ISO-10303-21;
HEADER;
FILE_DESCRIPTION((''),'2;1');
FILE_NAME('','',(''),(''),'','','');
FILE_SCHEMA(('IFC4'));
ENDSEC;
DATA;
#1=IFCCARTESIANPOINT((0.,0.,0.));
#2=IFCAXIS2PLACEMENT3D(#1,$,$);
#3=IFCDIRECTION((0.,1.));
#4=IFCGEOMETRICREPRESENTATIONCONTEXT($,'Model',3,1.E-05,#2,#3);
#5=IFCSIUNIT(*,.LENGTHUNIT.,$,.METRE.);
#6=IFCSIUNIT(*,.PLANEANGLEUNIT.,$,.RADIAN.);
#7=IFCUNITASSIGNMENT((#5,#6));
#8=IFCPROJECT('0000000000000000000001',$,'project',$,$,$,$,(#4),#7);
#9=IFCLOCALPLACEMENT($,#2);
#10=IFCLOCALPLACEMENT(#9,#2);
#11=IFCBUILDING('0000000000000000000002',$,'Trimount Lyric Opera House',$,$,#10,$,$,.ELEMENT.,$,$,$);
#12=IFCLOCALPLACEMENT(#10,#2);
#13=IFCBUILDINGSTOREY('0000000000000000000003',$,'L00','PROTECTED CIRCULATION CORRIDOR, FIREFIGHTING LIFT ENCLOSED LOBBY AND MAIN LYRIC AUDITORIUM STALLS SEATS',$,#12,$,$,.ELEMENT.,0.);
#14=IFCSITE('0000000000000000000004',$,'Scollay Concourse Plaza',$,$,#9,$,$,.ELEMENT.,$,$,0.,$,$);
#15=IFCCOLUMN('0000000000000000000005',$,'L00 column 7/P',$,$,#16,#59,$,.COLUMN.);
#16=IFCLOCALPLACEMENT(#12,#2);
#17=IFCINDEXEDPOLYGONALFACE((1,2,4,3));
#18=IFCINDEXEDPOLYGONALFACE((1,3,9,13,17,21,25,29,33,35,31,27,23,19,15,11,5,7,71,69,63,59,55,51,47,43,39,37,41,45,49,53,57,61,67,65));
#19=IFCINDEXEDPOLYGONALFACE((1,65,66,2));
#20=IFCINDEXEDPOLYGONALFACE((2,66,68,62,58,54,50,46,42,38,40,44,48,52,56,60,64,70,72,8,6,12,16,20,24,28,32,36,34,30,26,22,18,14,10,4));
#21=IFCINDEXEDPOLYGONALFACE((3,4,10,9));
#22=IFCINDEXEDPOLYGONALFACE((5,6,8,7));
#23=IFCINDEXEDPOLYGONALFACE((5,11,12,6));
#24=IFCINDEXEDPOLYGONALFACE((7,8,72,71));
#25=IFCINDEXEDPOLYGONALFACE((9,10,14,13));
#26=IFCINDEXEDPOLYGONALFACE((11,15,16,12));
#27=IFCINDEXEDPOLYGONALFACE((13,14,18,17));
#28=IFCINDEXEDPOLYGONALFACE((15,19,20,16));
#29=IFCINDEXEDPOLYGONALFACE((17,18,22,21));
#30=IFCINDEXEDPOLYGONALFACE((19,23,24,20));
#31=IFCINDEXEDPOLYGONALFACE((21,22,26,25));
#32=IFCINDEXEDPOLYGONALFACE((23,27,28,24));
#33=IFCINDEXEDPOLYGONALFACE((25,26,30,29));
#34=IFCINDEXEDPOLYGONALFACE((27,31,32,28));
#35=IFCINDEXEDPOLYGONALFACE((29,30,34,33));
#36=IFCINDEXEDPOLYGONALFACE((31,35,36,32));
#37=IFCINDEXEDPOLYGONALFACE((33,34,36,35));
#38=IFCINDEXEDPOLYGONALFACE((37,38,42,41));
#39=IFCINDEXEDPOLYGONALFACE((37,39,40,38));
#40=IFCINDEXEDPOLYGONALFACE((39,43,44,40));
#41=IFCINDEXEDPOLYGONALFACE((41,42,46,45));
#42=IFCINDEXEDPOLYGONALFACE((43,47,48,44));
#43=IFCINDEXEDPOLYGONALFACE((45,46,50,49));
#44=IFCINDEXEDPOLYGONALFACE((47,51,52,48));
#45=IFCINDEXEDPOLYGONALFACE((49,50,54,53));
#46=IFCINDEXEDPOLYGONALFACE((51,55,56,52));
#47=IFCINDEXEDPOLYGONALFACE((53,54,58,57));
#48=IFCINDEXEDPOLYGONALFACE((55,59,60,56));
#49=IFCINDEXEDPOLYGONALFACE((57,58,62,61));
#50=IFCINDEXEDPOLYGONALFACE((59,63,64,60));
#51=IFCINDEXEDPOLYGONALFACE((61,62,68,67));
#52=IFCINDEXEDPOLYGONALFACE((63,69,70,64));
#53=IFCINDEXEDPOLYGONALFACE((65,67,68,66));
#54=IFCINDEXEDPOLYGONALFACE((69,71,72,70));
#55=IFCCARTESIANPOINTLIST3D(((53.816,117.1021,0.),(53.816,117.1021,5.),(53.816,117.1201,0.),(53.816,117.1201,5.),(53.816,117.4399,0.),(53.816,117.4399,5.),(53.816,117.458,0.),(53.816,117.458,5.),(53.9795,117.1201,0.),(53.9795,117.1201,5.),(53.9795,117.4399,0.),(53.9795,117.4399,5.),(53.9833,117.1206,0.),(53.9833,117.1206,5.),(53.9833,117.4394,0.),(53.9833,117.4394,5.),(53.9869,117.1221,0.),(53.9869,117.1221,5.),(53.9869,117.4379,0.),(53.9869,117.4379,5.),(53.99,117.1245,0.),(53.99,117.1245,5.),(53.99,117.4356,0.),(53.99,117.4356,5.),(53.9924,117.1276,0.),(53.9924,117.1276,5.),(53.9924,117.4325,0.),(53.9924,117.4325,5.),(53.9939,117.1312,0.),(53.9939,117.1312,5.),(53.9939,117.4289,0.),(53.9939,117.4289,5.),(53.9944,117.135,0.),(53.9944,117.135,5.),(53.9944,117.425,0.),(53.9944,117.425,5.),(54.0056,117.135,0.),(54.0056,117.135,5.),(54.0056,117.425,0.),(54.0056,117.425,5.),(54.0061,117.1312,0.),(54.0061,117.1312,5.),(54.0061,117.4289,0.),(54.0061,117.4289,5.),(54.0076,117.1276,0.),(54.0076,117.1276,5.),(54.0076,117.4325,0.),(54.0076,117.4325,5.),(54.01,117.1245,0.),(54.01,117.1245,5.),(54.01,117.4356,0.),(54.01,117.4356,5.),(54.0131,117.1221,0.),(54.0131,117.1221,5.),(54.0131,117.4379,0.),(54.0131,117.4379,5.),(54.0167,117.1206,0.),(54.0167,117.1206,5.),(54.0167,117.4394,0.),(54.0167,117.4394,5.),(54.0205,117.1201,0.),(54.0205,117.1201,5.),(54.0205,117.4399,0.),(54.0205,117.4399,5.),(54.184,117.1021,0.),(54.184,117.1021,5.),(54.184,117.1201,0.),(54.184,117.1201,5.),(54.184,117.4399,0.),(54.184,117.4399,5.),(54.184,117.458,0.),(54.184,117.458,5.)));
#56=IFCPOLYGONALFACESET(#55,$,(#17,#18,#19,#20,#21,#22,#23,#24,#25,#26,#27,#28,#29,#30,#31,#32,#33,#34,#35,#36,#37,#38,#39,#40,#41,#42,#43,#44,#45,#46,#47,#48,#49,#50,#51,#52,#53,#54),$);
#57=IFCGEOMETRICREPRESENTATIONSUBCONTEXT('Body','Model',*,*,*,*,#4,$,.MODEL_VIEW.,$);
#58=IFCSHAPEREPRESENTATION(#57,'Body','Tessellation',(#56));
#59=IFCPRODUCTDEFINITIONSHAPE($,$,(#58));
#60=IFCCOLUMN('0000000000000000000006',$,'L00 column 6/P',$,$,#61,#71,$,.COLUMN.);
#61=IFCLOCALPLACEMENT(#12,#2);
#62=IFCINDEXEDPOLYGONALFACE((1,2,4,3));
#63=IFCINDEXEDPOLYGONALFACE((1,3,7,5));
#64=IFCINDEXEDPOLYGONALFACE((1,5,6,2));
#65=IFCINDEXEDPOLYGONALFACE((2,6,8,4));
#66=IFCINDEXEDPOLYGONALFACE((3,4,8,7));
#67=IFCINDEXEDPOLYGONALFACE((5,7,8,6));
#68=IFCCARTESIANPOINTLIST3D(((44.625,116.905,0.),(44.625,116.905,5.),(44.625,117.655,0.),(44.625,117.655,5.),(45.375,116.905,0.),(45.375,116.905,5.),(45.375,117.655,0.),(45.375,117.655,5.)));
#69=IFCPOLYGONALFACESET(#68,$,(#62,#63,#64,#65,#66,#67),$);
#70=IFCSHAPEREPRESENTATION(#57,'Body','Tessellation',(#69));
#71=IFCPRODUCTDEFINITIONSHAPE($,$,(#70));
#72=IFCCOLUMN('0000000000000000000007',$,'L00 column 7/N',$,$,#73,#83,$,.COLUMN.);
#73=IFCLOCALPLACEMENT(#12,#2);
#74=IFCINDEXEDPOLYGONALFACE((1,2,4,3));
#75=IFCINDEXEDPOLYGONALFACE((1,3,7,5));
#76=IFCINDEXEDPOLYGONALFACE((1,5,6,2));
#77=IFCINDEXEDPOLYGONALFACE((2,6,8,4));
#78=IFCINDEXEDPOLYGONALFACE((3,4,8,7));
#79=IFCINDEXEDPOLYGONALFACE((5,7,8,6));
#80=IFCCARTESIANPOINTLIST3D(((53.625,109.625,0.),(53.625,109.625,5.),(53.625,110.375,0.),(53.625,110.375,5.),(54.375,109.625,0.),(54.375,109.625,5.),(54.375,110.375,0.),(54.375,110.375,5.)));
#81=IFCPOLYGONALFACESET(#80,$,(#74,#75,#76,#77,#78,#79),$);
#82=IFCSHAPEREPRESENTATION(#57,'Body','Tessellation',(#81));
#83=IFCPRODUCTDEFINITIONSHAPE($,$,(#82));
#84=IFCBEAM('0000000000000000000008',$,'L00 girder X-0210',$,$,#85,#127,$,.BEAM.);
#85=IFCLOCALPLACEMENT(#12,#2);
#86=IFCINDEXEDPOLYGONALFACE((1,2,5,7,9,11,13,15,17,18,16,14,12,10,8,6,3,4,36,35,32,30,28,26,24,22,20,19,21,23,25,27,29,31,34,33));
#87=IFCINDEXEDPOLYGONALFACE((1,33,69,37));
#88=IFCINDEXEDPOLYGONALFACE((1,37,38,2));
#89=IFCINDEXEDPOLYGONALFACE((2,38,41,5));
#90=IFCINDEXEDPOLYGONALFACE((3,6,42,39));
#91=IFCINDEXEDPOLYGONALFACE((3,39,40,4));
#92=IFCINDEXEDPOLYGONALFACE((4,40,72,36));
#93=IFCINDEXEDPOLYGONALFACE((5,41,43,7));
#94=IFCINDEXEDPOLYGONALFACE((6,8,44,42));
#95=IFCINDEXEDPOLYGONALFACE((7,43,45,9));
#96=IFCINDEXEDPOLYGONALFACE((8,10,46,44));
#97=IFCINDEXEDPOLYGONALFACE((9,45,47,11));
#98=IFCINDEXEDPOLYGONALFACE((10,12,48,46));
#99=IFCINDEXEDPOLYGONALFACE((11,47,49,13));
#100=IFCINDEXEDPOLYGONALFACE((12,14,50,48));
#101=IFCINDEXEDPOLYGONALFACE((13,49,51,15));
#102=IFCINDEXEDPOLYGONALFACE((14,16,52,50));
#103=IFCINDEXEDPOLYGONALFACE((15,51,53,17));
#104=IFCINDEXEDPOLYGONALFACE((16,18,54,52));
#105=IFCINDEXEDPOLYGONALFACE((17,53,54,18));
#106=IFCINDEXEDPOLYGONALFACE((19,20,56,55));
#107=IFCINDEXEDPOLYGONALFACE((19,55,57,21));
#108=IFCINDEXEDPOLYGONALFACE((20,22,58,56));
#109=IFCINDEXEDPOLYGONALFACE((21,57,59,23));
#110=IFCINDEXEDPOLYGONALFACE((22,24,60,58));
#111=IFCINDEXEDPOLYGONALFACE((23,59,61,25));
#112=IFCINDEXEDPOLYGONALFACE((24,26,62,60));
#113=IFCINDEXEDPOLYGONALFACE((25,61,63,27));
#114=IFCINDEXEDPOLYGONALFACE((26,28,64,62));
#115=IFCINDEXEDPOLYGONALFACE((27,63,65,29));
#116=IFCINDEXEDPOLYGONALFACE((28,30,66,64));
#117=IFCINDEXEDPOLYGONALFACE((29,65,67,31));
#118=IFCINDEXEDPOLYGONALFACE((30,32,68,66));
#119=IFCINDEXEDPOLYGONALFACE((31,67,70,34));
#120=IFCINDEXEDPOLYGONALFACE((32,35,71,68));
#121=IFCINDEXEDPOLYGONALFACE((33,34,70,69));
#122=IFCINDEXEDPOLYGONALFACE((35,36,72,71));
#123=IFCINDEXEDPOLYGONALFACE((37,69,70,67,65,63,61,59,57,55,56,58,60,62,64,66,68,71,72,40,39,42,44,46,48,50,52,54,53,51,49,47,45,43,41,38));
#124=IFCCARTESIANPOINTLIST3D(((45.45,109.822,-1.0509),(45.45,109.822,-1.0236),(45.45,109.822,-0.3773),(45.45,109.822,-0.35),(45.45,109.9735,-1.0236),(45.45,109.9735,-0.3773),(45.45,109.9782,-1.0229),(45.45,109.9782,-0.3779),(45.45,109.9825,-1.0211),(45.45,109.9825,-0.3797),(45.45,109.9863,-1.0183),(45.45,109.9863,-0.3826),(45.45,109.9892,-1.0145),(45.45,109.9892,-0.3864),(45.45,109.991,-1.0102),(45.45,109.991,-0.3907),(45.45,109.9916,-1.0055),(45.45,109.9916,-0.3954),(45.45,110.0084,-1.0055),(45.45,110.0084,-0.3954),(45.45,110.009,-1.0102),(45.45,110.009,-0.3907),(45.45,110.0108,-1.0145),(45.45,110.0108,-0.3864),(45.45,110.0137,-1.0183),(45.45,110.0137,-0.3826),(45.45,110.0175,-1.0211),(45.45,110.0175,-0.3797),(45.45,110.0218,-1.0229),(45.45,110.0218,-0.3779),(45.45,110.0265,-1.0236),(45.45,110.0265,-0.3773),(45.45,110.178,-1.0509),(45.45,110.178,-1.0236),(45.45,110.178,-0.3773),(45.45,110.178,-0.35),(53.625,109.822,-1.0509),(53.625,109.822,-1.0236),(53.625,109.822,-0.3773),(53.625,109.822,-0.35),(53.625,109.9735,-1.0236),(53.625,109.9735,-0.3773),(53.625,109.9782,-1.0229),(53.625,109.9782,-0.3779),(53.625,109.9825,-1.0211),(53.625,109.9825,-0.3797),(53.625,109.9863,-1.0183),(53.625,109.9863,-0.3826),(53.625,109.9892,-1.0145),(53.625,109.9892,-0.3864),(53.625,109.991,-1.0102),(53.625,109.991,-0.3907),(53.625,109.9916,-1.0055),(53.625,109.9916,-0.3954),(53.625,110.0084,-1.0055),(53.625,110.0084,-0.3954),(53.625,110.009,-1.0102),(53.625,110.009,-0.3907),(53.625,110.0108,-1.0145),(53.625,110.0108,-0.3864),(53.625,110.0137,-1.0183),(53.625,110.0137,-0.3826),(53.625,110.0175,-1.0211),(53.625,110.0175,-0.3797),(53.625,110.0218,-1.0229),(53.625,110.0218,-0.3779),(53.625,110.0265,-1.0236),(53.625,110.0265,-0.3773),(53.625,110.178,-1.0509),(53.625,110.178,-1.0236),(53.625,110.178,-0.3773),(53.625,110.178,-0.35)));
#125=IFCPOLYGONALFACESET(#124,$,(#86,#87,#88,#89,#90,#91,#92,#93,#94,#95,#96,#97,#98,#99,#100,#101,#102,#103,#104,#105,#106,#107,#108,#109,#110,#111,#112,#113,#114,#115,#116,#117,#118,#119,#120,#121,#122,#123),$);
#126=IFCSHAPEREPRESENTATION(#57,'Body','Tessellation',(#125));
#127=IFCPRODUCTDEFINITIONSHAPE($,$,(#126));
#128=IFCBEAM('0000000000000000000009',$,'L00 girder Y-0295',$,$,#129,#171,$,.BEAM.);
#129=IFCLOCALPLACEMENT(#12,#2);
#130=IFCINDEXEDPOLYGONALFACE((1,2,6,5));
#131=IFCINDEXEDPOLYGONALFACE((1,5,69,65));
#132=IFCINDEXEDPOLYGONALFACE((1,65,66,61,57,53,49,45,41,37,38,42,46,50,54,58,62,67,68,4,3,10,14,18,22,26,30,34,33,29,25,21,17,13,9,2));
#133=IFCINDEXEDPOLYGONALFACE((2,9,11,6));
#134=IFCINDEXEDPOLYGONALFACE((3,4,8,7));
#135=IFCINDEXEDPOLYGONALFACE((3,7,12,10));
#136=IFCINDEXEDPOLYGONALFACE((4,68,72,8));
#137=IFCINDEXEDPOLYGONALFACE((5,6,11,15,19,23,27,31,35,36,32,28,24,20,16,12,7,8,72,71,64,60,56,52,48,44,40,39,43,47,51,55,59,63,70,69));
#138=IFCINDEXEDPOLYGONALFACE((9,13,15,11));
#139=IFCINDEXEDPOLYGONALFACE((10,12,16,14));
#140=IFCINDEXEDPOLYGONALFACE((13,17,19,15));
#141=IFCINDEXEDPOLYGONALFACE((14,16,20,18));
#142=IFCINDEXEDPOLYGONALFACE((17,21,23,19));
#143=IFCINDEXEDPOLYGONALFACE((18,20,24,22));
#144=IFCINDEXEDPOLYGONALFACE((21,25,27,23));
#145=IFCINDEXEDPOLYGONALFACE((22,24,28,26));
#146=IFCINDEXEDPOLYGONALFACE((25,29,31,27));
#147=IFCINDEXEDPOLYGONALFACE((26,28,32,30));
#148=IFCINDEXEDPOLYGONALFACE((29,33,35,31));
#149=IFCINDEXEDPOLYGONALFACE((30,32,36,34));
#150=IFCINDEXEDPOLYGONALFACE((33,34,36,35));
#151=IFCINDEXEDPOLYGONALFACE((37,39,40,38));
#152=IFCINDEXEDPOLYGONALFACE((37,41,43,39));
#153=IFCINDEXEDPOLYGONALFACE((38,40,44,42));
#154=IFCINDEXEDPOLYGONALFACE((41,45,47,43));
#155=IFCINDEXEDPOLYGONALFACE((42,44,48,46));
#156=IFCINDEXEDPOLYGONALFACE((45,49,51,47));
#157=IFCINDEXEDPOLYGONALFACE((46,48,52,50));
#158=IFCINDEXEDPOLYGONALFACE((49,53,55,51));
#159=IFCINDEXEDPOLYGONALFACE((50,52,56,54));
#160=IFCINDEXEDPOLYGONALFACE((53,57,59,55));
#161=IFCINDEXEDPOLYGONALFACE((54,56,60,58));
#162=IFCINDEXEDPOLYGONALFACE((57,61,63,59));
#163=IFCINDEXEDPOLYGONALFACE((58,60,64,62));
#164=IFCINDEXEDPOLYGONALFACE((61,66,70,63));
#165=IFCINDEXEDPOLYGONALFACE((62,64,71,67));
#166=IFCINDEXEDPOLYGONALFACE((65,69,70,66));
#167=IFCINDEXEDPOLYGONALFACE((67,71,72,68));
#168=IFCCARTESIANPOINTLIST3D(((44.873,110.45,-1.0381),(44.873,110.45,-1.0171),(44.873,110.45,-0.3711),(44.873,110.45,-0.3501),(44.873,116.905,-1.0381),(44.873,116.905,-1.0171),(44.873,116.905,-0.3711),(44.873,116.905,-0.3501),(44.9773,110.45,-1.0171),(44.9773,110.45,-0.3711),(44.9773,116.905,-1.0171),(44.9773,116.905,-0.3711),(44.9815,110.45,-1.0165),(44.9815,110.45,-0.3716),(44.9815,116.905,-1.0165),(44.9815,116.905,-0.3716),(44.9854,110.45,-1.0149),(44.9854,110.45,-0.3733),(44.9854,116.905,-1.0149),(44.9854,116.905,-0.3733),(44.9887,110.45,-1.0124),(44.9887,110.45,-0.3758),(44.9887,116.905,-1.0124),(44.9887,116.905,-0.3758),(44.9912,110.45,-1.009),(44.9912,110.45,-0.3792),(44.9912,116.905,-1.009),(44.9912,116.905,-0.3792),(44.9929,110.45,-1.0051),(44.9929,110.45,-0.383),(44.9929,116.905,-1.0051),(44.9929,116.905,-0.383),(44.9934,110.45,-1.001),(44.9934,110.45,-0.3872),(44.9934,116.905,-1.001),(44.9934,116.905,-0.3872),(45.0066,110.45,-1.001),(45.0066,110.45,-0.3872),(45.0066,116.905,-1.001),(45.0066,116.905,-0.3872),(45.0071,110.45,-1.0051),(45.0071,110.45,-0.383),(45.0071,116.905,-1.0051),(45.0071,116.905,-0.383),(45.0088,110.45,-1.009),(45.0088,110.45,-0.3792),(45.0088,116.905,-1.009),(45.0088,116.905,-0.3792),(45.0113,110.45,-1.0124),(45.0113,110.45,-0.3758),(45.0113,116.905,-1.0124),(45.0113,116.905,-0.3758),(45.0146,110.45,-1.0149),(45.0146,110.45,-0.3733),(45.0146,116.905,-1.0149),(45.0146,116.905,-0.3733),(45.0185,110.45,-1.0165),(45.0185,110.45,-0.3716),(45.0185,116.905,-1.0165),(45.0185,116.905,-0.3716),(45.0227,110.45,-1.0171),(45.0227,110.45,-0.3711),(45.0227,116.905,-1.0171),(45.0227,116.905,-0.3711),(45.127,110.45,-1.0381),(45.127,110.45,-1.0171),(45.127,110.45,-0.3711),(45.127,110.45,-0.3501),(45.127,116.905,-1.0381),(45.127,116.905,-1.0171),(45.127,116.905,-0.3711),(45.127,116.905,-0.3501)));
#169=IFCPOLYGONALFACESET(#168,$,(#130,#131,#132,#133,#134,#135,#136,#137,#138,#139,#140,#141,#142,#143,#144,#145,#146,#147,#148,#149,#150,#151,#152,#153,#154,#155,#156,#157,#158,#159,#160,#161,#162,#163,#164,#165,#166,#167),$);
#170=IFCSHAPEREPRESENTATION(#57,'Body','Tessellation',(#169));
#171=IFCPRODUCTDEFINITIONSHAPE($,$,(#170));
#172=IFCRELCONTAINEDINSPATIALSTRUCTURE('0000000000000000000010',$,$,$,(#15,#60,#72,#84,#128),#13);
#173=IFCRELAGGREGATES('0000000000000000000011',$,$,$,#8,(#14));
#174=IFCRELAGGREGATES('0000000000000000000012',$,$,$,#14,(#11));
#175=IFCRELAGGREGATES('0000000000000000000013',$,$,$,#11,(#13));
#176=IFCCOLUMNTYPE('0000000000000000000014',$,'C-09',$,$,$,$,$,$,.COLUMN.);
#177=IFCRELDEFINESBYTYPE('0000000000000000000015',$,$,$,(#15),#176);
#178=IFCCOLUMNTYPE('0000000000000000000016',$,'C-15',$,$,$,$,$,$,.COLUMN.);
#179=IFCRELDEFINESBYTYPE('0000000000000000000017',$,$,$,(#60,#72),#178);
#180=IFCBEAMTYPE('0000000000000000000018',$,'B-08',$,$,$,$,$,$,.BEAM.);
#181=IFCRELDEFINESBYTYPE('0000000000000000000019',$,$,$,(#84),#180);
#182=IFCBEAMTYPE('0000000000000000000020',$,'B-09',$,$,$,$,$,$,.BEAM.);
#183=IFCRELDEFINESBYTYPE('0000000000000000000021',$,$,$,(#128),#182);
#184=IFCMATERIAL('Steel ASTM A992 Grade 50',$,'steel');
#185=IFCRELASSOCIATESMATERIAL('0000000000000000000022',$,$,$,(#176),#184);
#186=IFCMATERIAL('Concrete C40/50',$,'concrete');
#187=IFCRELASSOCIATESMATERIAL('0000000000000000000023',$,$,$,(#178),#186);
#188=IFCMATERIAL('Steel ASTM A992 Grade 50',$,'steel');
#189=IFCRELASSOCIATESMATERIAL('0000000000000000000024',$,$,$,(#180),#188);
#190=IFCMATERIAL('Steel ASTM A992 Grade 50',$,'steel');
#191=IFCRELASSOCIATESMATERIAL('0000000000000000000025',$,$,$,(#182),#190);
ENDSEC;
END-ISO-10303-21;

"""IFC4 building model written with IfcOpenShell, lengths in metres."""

from ifc_helpers import new_model, si_unit, direction, frame, origin, origin_2d, place, context, subcontext, project, spatial, rectangle, i_section, extrude, material, material_profile, profile_set, type_object, element, save


model = new_model("IFC4")

# Units and contexts
model_context = context("Model", 3, precision=1e-05, world=origin(), true_north=direction((0.0, 1.0)))
body_context = subcontext(model_context, "Body", "Model", "MODEL_VIEW")
ifc_project = project(units=[si_unit("LENGTHUNIT", "METRE"), si_unit("PLANEANGLEUNIT", "RADIAN")], contexts=[model_context])

# Site, building, storey
site_placement = place(None, origin())
site = spatial("IfcSite", under=ifc_project, at=site_placement, Name="Scollay Concourse Plaza", CompositionType="ELEMENT", RefElevation=0.0)
building_placement = place(site_placement, origin())
building = spatial("IfcBuilding", under=site, at=building_placement, Name="Trimount Lyric Opera House", CompositionType="ELEMENT")
storey_placement = place(building_placement, origin())
storey = spatial("IfcBuildingStorey", under=building, at=storey_placement, Name="L00", Description="PROTECTED CIRCULATION CORRIDOR, FIREFIGHTING LIFT ENCLOSED LOBBY AND MAIN LYRIC AUDITORIUM STALLS SEATS", CompositionType="ELEMENT", Elevation=0.0)

# Columns
ifc_material_1 = material(Name="Steel ASTM A992 Grade 50", Category="steel")
ifc_material_profile_1 = material_profile(ifc_material_1, i_section(OverallWidth=0.3679, OverallDepth=0.356, WebThickness=0.0112, FlangeThickness=0.0181, FilletRadius=0.0149, at=origin_2d()), Name="W14X90")
ifc_profile_set_1 = profile_set([ifc_material_profile_1], Name="Steel ASTM A992 Grade 50")
column_type_1 = type_object("IfcColumnType", Name="C-09", PredefinedType="COLUMN", material=ifc_profile_set_1)
column_placement = place(storey_placement, frame((54.0, 117.28, 0.0), z_axis=(0.0, 0.0, 1.0), x_axis=(1.0, 0.0, 0.0)))
element("IfcColumn", 1, at=column_placement, inside=storey, type_object=column_type_1, Name="L00 column 7/P", PredefinedType="COLUMN", context=body_context, shape_type="SweptSolid", body=[
    extrude(i_section(OverallWidth=0.3679, OverallDepth=0.356, WebThickness=0.0112, FlangeThickness=0.0181, FilletRadius=0.0149, at=origin_2d()), origin(), (0.0, 0.0, 1.0), 5.0),
])
ifc_material_2 = material(Name="Concrete C40/50", Category="concrete")
ifc_material_profile_2 = material_profile(ifc_material_2, rectangle(XDim=0.75, YDim=0.75, at=origin_2d()), Name="RC750X750")
ifc_profile_set_2 = profile_set([ifc_material_profile_2], Name="Concrete C40/50")
column_type_2 = type_object("IfcColumnType", Name="C-15", PredefinedType="COLUMN", material=ifc_profile_set_2)
for number, where, z_axis, x_axis, name in (
    (2, (45.0, 117.28, 0.0), (0.0, 0.0, 1.0), (1.0, 0.0, 0.0), "L00 column 6/P"),
    (3, (54.0, 110.0, 0.0), (0.0, 0.0, 1.0), (1.0, 0.0, 0.0), "L00 column 7/N"),
):
    element("IfcColumn", number, at=place(storey_placement, frame(where, z_axis=z_axis, x_axis=x_axis)), inside=storey, type_object=column_type_2, Name=name, PredefinedType="COLUMN", context=body_context, shape_type="SweptSolid", body=[
        extrude(rectangle(XDim=0.75, YDim=0.75, at=origin_2d()), origin(), (0.0, 0.0, 1.0), 5.0),
    ])

# Beams
ifc_material_3 = material(Name="Steel ASTM A992 Grade 50", Category="steel")
ifc_material_profile_3 = material_profile(ifc_material_3, i_section(OverallWidth=0.356, OverallDepth=0.7009, WebThickness=0.0168, FlangeThickness=0.0273, FilletRadius=0.0181, at=origin_2d()), Name="W27X161")
ifc_profile_set_3 = profile_set([ifc_material_profile_3], Name="Steel ASTM A992 Grade 50")
beam_type_1 = type_object("IfcBeamType", Name="B-08", PredefinedType="BEAM", material=ifc_profile_set_3)
beam_1_placement = place(storey_placement, frame((45.45, 110.0, -0.7004), z_axis=(1.0, 0.0, 0.0), x_axis=(0.0, 1.0, 0.0)))
element("IfcBeam", 4, at=beam_1_placement, inside=storey, type_object=beam_type_1, Name="L00 girder X-0210", PredefinedType="BEAM", context=body_context, shape_type="SweptSolid", body=[
    extrude(i_section(OverallWidth=0.356, OverallDepth=0.7009, WebThickness=0.0168, FlangeThickness=0.0273, FilletRadius=0.0181, at=origin_2d()), origin(), (0.0, 0.0, 1.0), 8.175),
])
ifc_material_4 = material(Name="Steel ASTM A992 Grade 50", Category="steel")
ifc_material_profile_4 = material_profile(ifc_material_4, i_section(OverallWidth=0.2539, OverallDepth=0.688, WebThickness=0.0132, FlangeThickness=0.021, FilletRadius=0.0161, at=origin_2d()), Name="W27X102")
ifc_profile_set_4 = profile_set([ifc_material_profile_4], Name="Steel ASTM A992 Grade 50")
beam_type_2 = type_object("IfcBeamType", Name="B-09", PredefinedType="BEAM", material=ifc_profile_set_4)
beam_2_placement = place(storey_placement, frame((45.0, 110.45, -0.6941), z_axis=(0.0, 1.0, 0.0), x_axis=(-1.0, 0.0, 0.0)))
element("IfcBeam", 5, at=beam_2_placement, inside=storey, type_object=beam_type_2, Name="L00 girder Y-0295", PredefinedType="BEAM", context=body_context, shape_type="SweptSolid", body=[
    extrude(i_section(OverallWidth=0.2539, OverallDepth=0.688, WebThickness=0.0132, FlangeThickness=0.021, FilletRadius=0.0161, at=origin_2d()), origin(), (0.0, 0.0, 1.0), 6.4551),
])

save(model, "model.ifc")
